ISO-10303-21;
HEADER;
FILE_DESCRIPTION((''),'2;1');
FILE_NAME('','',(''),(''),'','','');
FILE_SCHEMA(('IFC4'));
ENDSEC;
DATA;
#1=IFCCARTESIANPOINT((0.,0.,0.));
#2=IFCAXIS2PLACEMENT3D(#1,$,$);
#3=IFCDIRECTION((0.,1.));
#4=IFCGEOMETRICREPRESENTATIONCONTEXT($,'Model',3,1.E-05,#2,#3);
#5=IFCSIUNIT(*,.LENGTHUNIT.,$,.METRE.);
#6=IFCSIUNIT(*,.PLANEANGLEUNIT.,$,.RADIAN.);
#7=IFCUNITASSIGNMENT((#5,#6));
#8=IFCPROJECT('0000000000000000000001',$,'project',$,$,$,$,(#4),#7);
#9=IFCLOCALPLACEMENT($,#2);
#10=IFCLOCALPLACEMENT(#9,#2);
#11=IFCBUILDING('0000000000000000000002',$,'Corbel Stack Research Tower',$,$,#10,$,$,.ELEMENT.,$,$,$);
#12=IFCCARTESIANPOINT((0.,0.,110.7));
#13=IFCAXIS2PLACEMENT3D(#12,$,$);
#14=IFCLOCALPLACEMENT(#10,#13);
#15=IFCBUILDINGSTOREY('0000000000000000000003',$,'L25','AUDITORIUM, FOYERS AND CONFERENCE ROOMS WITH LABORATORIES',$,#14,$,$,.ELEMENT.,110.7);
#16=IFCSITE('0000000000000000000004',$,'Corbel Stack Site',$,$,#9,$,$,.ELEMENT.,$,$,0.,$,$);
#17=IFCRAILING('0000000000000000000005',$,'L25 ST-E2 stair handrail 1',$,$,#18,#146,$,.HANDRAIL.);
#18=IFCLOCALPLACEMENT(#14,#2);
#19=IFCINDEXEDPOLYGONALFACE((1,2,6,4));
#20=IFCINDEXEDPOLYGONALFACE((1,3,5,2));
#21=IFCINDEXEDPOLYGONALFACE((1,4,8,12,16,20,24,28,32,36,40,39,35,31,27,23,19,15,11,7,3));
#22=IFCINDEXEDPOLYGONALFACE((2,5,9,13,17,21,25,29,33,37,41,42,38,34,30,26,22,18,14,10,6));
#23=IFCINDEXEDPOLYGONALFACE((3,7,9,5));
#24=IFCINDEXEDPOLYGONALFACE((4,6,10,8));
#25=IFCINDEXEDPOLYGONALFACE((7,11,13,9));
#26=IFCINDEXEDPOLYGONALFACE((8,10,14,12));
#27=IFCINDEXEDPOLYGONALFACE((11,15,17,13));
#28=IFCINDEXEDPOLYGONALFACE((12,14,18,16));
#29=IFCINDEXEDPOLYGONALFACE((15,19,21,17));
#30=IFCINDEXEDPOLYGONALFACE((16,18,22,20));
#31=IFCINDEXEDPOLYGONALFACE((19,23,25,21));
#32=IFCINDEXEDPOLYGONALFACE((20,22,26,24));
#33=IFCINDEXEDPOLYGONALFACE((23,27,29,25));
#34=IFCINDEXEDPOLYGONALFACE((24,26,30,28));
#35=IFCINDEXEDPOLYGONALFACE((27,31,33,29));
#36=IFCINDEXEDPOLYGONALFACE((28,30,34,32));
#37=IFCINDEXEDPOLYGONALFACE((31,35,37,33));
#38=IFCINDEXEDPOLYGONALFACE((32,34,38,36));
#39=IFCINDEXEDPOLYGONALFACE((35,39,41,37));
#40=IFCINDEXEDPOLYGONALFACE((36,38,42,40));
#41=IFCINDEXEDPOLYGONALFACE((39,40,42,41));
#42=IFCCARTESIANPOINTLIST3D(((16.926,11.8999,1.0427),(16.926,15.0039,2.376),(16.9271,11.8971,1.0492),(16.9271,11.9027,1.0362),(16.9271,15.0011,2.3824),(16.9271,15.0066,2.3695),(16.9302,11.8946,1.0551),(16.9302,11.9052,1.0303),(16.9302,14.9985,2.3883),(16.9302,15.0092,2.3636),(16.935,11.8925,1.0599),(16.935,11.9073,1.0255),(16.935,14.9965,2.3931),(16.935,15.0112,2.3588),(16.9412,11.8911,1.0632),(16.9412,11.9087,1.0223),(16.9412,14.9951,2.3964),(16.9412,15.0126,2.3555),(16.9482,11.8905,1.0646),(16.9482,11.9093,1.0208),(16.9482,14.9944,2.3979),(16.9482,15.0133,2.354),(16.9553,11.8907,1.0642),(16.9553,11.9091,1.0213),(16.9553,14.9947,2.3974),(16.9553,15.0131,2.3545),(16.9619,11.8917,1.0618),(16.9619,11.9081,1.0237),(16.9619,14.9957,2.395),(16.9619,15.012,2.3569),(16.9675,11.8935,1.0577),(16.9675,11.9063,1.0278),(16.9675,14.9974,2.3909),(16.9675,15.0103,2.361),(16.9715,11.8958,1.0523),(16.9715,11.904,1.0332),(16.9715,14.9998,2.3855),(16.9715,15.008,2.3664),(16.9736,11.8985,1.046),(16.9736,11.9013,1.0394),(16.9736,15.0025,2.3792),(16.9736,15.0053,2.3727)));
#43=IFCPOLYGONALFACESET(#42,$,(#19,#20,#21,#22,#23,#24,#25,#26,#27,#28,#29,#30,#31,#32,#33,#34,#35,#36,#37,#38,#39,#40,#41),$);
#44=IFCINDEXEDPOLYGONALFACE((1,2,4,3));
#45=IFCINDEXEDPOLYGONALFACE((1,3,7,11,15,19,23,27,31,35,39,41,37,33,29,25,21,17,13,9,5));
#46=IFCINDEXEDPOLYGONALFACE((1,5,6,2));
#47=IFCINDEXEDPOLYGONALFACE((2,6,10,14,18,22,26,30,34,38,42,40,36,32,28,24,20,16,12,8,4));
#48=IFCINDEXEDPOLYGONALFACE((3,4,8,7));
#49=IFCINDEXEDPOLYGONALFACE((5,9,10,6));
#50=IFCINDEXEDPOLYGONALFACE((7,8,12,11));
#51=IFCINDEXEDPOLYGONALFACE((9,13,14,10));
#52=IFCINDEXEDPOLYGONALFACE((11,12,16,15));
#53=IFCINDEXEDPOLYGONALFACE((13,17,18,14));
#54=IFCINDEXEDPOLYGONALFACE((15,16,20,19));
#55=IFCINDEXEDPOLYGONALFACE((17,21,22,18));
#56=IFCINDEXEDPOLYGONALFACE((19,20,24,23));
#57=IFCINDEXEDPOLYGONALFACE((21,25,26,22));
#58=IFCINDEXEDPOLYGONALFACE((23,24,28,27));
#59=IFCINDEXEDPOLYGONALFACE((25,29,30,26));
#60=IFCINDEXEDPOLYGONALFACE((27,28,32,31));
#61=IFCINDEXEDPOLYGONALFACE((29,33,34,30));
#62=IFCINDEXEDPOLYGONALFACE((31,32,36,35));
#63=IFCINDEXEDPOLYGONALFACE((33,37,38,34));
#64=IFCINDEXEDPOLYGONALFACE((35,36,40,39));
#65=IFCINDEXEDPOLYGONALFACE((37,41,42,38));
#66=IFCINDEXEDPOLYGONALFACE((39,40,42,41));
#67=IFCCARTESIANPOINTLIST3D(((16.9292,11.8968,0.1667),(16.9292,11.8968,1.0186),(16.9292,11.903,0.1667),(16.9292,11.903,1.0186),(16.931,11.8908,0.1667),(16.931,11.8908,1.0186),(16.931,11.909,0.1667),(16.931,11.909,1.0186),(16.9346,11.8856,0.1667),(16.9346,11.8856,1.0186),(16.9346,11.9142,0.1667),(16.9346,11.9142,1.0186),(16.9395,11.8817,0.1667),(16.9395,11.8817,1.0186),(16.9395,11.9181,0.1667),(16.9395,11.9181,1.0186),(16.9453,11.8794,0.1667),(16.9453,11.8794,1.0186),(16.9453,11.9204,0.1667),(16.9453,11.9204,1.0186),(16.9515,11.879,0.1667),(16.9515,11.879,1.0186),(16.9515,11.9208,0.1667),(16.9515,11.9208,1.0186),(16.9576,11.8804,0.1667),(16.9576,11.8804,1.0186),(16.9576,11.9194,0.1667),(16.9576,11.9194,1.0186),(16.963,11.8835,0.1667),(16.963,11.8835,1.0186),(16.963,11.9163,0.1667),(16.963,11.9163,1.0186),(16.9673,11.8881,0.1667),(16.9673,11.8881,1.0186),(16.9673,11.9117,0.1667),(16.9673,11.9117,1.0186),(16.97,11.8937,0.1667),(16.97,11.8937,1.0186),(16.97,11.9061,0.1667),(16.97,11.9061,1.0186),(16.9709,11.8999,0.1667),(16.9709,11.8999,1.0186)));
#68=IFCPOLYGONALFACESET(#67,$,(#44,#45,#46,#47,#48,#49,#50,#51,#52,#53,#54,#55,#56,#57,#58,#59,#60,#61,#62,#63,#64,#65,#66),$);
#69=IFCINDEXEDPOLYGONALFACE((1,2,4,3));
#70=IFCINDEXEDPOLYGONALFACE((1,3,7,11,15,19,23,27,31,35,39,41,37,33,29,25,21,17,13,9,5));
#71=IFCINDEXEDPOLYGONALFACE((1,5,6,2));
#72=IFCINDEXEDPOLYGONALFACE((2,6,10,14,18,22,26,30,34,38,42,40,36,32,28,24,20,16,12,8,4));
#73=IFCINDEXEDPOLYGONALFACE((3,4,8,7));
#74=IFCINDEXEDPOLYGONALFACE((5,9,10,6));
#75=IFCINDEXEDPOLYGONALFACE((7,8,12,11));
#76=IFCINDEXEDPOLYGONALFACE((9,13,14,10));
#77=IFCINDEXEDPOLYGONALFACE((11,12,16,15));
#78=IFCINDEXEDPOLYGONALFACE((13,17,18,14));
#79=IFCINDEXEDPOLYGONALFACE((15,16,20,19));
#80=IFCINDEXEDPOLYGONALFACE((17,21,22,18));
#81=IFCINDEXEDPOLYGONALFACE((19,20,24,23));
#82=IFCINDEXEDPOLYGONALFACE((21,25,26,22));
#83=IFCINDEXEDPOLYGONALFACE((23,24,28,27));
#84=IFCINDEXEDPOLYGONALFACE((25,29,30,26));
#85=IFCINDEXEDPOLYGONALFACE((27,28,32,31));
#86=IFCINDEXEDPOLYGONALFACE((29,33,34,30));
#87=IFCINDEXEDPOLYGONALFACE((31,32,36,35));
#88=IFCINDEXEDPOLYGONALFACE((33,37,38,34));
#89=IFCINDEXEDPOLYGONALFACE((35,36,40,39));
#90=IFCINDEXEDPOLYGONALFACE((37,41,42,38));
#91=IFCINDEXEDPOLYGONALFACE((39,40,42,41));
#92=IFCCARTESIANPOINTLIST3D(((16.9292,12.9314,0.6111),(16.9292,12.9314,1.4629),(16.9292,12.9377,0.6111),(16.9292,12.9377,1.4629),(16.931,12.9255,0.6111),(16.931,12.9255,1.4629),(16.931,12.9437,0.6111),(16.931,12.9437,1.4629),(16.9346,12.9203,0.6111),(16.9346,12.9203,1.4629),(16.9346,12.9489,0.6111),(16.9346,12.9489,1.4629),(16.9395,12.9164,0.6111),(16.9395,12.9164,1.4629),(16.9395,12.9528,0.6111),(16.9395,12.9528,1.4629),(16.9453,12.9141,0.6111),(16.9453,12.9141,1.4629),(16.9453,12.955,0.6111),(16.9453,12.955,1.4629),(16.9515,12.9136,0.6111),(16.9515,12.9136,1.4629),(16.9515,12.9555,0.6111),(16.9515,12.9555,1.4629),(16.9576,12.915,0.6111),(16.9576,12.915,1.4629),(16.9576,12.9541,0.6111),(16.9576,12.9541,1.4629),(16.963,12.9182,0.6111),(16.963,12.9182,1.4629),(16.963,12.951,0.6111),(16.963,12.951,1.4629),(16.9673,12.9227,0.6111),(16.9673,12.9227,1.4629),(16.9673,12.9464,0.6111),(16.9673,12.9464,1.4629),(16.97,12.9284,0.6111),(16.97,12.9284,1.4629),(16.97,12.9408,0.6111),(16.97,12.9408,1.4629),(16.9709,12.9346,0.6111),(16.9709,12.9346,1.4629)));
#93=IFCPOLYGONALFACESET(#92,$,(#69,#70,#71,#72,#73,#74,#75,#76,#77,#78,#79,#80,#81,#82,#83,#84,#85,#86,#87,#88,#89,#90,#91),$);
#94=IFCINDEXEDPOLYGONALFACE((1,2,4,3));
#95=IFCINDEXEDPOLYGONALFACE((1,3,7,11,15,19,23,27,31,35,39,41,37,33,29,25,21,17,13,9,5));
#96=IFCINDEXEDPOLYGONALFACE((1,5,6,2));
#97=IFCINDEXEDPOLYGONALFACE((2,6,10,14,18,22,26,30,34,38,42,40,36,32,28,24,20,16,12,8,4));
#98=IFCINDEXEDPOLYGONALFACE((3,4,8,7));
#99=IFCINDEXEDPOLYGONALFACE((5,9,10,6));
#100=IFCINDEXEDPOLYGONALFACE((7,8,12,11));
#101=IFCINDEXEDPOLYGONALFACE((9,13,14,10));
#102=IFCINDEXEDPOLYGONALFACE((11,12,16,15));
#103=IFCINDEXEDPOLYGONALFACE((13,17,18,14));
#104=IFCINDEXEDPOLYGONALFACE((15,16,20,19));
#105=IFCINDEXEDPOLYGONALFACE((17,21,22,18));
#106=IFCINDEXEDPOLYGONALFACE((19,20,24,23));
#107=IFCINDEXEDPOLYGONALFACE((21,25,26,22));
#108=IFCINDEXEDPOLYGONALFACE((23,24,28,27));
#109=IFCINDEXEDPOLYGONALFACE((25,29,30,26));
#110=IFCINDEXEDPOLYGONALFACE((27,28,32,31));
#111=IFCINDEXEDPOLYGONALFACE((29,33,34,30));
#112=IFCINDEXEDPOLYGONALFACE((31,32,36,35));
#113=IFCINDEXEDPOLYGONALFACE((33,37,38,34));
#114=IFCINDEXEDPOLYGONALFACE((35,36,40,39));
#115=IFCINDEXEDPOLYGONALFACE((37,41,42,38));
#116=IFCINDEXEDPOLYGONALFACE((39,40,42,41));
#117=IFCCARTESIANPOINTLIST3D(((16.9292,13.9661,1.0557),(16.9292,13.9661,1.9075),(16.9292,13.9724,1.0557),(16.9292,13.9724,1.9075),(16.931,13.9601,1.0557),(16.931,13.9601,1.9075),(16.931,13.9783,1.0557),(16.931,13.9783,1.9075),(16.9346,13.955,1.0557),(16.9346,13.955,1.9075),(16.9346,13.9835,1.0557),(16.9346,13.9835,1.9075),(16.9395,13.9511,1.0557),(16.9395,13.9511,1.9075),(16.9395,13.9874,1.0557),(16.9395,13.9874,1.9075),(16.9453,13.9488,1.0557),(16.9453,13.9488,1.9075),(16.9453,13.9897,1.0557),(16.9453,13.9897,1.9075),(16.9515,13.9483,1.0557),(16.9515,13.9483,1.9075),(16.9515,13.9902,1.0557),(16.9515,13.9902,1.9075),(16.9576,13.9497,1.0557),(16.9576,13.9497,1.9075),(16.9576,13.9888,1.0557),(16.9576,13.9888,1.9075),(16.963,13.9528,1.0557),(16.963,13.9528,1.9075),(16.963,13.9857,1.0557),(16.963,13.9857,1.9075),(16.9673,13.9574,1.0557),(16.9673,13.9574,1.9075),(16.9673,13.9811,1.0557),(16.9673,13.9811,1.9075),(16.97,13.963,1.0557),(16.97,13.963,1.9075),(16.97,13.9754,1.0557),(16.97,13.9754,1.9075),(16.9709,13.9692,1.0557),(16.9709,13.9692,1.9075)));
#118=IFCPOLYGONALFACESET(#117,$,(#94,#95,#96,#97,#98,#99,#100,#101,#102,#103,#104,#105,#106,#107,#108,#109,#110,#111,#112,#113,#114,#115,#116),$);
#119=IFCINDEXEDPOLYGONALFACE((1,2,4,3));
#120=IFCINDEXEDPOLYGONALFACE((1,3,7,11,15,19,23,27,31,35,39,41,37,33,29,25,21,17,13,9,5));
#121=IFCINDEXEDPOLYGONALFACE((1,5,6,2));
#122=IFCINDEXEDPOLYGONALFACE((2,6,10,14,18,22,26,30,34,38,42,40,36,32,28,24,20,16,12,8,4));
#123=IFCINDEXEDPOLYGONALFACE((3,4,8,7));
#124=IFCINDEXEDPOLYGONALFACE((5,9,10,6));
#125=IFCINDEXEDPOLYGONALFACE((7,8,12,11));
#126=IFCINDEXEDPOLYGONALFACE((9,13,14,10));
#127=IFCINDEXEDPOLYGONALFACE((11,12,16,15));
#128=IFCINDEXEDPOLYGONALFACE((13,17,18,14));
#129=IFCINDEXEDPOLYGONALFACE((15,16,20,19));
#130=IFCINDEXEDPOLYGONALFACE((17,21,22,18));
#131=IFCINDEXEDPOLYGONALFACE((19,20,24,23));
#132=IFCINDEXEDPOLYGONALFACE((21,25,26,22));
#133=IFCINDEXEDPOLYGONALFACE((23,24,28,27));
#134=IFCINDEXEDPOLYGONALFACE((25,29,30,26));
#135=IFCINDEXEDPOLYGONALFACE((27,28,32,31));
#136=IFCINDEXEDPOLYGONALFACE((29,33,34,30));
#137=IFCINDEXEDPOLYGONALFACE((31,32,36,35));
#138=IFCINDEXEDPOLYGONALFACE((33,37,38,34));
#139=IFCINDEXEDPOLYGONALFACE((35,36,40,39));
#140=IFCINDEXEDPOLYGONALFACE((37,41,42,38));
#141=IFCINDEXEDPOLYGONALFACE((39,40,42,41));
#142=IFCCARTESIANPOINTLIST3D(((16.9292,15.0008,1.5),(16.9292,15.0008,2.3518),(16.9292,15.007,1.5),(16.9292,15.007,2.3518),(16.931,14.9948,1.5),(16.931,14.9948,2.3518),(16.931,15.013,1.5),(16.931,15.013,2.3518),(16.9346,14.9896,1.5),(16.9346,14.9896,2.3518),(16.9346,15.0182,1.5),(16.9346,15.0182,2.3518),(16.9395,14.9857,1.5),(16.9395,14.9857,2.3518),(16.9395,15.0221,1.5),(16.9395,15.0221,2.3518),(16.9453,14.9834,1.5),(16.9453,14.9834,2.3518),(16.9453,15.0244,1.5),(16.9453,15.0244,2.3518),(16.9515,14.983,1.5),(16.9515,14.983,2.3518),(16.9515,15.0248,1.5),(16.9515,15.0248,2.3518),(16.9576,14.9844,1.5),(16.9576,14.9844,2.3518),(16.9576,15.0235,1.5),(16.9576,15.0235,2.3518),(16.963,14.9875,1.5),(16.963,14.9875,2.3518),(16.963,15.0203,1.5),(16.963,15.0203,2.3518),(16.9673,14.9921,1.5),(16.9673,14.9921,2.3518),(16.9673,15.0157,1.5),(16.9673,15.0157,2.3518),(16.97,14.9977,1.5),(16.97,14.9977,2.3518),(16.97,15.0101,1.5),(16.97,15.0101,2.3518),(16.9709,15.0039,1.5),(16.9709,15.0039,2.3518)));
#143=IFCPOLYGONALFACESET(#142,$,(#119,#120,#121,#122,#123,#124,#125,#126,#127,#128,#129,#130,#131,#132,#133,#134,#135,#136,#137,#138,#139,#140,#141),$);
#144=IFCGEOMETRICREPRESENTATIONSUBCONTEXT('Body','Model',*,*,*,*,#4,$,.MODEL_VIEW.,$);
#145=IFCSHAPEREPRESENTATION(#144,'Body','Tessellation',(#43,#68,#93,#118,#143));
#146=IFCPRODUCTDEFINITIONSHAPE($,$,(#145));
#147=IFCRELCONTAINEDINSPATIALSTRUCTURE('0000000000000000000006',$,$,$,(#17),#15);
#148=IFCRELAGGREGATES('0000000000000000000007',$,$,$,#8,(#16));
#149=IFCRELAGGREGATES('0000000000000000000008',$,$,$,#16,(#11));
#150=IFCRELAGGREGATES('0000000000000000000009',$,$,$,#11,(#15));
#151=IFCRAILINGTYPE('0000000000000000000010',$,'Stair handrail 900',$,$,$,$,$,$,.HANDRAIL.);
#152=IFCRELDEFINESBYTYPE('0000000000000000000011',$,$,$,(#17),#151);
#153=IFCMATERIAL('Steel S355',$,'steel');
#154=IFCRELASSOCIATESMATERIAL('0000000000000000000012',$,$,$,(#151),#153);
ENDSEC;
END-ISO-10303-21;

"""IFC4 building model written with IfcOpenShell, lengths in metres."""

from ifc_helpers import new_model, si_unit, direction, frame, origin, origin_2d, place, context, subcontext, project, spatial, circle, extrude, material, type_object, element, save


model = new_model("IFC4")

# Units and contexts
model_context = context("Model", 3, precision=1e-05, world=origin(), true_north=direction((0.0, 1.0)))
body_context = subcontext(model_context, "Body", "Model", "MODEL_VIEW")
ifc_project = project(units=[si_unit("LENGTHUNIT", "METRE"), si_unit("PLANEANGLEUNIT", "RADIAN")], contexts=[model_context])

# Site, building, storey
site_placement = place(None, origin())
site = spatial("IfcSite", under=ifc_project, at=site_placement, Name="Corbel Stack Site", CompositionType="ELEMENT", RefElevation=0.0)
building_placement = place(site_placement, origin())
building = spatial("IfcBuilding", under=site, at=building_placement, Name="Corbel Stack Research Tower", CompositionType="ELEMENT")
storey_placement = place(building_placement, frame((0.0, 0.0, 110.7)))
storey = spatial("IfcBuildingStorey", under=building, at=storey_placement, Name="L25", Description="AUDITORIUM, FOYERS AND CONFERENCE ROOMS WITH LABORATORIES", CompositionType="ELEMENT", Elevation=110.7)

# Railing
ifc_material_1 = material(Name="Steel S355", Category="steel")
railing_type_1 = type_object("IfcRailingType", Name="Stair handrail 900", PredefinedType="HANDRAIL", material=ifc_material_1)
for number, where, name in (
    (1, (16.95, 11.8999, 0.1667), "L25 ST-E2 stair handrail 1"),
):
    element("IfcRailing", number, at=place(storey_placement, frame(where)), inside=storey, type_object=railing_type_1, Name=name, PredefinedType="HANDRAIL", context=body_context, shape_type="SweptSolid", body=[
        extrude(circle(Radius=0.0239, at=origin_2d()), frame((0.0, 0.0, 0.876), z_axis=(0.0, 0.918827, 0.394661), x_axis=(-1.0, 0.0, 0.0)), (0.0, 0.0, 1.0), 3.3782),
        extrude(circle(Radius=0.021, at=origin_2d()), origin(), (0.0, 0.0, 1.0), 0.8518),
        extrude(circle(Radius=0.021, at=origin_2d()), frame((0.0, 1.0347, 0.4443)), (0.0, 0.0, 1.0), 0.8518),
        extrude(circle(Radius=0.021, at=origin_2d()), frame((0.0, 2.0693, 0.8889)), (0.0, 0.0, 1.0), 0.8518),
        extrude(circle(Radius=0.021, at=origin_2d()), frame((0.0, 3.104, 1.3333)), (0.0, 0.0, 1.0), 0.8518),
    ])

save(model, "model.ifc")
